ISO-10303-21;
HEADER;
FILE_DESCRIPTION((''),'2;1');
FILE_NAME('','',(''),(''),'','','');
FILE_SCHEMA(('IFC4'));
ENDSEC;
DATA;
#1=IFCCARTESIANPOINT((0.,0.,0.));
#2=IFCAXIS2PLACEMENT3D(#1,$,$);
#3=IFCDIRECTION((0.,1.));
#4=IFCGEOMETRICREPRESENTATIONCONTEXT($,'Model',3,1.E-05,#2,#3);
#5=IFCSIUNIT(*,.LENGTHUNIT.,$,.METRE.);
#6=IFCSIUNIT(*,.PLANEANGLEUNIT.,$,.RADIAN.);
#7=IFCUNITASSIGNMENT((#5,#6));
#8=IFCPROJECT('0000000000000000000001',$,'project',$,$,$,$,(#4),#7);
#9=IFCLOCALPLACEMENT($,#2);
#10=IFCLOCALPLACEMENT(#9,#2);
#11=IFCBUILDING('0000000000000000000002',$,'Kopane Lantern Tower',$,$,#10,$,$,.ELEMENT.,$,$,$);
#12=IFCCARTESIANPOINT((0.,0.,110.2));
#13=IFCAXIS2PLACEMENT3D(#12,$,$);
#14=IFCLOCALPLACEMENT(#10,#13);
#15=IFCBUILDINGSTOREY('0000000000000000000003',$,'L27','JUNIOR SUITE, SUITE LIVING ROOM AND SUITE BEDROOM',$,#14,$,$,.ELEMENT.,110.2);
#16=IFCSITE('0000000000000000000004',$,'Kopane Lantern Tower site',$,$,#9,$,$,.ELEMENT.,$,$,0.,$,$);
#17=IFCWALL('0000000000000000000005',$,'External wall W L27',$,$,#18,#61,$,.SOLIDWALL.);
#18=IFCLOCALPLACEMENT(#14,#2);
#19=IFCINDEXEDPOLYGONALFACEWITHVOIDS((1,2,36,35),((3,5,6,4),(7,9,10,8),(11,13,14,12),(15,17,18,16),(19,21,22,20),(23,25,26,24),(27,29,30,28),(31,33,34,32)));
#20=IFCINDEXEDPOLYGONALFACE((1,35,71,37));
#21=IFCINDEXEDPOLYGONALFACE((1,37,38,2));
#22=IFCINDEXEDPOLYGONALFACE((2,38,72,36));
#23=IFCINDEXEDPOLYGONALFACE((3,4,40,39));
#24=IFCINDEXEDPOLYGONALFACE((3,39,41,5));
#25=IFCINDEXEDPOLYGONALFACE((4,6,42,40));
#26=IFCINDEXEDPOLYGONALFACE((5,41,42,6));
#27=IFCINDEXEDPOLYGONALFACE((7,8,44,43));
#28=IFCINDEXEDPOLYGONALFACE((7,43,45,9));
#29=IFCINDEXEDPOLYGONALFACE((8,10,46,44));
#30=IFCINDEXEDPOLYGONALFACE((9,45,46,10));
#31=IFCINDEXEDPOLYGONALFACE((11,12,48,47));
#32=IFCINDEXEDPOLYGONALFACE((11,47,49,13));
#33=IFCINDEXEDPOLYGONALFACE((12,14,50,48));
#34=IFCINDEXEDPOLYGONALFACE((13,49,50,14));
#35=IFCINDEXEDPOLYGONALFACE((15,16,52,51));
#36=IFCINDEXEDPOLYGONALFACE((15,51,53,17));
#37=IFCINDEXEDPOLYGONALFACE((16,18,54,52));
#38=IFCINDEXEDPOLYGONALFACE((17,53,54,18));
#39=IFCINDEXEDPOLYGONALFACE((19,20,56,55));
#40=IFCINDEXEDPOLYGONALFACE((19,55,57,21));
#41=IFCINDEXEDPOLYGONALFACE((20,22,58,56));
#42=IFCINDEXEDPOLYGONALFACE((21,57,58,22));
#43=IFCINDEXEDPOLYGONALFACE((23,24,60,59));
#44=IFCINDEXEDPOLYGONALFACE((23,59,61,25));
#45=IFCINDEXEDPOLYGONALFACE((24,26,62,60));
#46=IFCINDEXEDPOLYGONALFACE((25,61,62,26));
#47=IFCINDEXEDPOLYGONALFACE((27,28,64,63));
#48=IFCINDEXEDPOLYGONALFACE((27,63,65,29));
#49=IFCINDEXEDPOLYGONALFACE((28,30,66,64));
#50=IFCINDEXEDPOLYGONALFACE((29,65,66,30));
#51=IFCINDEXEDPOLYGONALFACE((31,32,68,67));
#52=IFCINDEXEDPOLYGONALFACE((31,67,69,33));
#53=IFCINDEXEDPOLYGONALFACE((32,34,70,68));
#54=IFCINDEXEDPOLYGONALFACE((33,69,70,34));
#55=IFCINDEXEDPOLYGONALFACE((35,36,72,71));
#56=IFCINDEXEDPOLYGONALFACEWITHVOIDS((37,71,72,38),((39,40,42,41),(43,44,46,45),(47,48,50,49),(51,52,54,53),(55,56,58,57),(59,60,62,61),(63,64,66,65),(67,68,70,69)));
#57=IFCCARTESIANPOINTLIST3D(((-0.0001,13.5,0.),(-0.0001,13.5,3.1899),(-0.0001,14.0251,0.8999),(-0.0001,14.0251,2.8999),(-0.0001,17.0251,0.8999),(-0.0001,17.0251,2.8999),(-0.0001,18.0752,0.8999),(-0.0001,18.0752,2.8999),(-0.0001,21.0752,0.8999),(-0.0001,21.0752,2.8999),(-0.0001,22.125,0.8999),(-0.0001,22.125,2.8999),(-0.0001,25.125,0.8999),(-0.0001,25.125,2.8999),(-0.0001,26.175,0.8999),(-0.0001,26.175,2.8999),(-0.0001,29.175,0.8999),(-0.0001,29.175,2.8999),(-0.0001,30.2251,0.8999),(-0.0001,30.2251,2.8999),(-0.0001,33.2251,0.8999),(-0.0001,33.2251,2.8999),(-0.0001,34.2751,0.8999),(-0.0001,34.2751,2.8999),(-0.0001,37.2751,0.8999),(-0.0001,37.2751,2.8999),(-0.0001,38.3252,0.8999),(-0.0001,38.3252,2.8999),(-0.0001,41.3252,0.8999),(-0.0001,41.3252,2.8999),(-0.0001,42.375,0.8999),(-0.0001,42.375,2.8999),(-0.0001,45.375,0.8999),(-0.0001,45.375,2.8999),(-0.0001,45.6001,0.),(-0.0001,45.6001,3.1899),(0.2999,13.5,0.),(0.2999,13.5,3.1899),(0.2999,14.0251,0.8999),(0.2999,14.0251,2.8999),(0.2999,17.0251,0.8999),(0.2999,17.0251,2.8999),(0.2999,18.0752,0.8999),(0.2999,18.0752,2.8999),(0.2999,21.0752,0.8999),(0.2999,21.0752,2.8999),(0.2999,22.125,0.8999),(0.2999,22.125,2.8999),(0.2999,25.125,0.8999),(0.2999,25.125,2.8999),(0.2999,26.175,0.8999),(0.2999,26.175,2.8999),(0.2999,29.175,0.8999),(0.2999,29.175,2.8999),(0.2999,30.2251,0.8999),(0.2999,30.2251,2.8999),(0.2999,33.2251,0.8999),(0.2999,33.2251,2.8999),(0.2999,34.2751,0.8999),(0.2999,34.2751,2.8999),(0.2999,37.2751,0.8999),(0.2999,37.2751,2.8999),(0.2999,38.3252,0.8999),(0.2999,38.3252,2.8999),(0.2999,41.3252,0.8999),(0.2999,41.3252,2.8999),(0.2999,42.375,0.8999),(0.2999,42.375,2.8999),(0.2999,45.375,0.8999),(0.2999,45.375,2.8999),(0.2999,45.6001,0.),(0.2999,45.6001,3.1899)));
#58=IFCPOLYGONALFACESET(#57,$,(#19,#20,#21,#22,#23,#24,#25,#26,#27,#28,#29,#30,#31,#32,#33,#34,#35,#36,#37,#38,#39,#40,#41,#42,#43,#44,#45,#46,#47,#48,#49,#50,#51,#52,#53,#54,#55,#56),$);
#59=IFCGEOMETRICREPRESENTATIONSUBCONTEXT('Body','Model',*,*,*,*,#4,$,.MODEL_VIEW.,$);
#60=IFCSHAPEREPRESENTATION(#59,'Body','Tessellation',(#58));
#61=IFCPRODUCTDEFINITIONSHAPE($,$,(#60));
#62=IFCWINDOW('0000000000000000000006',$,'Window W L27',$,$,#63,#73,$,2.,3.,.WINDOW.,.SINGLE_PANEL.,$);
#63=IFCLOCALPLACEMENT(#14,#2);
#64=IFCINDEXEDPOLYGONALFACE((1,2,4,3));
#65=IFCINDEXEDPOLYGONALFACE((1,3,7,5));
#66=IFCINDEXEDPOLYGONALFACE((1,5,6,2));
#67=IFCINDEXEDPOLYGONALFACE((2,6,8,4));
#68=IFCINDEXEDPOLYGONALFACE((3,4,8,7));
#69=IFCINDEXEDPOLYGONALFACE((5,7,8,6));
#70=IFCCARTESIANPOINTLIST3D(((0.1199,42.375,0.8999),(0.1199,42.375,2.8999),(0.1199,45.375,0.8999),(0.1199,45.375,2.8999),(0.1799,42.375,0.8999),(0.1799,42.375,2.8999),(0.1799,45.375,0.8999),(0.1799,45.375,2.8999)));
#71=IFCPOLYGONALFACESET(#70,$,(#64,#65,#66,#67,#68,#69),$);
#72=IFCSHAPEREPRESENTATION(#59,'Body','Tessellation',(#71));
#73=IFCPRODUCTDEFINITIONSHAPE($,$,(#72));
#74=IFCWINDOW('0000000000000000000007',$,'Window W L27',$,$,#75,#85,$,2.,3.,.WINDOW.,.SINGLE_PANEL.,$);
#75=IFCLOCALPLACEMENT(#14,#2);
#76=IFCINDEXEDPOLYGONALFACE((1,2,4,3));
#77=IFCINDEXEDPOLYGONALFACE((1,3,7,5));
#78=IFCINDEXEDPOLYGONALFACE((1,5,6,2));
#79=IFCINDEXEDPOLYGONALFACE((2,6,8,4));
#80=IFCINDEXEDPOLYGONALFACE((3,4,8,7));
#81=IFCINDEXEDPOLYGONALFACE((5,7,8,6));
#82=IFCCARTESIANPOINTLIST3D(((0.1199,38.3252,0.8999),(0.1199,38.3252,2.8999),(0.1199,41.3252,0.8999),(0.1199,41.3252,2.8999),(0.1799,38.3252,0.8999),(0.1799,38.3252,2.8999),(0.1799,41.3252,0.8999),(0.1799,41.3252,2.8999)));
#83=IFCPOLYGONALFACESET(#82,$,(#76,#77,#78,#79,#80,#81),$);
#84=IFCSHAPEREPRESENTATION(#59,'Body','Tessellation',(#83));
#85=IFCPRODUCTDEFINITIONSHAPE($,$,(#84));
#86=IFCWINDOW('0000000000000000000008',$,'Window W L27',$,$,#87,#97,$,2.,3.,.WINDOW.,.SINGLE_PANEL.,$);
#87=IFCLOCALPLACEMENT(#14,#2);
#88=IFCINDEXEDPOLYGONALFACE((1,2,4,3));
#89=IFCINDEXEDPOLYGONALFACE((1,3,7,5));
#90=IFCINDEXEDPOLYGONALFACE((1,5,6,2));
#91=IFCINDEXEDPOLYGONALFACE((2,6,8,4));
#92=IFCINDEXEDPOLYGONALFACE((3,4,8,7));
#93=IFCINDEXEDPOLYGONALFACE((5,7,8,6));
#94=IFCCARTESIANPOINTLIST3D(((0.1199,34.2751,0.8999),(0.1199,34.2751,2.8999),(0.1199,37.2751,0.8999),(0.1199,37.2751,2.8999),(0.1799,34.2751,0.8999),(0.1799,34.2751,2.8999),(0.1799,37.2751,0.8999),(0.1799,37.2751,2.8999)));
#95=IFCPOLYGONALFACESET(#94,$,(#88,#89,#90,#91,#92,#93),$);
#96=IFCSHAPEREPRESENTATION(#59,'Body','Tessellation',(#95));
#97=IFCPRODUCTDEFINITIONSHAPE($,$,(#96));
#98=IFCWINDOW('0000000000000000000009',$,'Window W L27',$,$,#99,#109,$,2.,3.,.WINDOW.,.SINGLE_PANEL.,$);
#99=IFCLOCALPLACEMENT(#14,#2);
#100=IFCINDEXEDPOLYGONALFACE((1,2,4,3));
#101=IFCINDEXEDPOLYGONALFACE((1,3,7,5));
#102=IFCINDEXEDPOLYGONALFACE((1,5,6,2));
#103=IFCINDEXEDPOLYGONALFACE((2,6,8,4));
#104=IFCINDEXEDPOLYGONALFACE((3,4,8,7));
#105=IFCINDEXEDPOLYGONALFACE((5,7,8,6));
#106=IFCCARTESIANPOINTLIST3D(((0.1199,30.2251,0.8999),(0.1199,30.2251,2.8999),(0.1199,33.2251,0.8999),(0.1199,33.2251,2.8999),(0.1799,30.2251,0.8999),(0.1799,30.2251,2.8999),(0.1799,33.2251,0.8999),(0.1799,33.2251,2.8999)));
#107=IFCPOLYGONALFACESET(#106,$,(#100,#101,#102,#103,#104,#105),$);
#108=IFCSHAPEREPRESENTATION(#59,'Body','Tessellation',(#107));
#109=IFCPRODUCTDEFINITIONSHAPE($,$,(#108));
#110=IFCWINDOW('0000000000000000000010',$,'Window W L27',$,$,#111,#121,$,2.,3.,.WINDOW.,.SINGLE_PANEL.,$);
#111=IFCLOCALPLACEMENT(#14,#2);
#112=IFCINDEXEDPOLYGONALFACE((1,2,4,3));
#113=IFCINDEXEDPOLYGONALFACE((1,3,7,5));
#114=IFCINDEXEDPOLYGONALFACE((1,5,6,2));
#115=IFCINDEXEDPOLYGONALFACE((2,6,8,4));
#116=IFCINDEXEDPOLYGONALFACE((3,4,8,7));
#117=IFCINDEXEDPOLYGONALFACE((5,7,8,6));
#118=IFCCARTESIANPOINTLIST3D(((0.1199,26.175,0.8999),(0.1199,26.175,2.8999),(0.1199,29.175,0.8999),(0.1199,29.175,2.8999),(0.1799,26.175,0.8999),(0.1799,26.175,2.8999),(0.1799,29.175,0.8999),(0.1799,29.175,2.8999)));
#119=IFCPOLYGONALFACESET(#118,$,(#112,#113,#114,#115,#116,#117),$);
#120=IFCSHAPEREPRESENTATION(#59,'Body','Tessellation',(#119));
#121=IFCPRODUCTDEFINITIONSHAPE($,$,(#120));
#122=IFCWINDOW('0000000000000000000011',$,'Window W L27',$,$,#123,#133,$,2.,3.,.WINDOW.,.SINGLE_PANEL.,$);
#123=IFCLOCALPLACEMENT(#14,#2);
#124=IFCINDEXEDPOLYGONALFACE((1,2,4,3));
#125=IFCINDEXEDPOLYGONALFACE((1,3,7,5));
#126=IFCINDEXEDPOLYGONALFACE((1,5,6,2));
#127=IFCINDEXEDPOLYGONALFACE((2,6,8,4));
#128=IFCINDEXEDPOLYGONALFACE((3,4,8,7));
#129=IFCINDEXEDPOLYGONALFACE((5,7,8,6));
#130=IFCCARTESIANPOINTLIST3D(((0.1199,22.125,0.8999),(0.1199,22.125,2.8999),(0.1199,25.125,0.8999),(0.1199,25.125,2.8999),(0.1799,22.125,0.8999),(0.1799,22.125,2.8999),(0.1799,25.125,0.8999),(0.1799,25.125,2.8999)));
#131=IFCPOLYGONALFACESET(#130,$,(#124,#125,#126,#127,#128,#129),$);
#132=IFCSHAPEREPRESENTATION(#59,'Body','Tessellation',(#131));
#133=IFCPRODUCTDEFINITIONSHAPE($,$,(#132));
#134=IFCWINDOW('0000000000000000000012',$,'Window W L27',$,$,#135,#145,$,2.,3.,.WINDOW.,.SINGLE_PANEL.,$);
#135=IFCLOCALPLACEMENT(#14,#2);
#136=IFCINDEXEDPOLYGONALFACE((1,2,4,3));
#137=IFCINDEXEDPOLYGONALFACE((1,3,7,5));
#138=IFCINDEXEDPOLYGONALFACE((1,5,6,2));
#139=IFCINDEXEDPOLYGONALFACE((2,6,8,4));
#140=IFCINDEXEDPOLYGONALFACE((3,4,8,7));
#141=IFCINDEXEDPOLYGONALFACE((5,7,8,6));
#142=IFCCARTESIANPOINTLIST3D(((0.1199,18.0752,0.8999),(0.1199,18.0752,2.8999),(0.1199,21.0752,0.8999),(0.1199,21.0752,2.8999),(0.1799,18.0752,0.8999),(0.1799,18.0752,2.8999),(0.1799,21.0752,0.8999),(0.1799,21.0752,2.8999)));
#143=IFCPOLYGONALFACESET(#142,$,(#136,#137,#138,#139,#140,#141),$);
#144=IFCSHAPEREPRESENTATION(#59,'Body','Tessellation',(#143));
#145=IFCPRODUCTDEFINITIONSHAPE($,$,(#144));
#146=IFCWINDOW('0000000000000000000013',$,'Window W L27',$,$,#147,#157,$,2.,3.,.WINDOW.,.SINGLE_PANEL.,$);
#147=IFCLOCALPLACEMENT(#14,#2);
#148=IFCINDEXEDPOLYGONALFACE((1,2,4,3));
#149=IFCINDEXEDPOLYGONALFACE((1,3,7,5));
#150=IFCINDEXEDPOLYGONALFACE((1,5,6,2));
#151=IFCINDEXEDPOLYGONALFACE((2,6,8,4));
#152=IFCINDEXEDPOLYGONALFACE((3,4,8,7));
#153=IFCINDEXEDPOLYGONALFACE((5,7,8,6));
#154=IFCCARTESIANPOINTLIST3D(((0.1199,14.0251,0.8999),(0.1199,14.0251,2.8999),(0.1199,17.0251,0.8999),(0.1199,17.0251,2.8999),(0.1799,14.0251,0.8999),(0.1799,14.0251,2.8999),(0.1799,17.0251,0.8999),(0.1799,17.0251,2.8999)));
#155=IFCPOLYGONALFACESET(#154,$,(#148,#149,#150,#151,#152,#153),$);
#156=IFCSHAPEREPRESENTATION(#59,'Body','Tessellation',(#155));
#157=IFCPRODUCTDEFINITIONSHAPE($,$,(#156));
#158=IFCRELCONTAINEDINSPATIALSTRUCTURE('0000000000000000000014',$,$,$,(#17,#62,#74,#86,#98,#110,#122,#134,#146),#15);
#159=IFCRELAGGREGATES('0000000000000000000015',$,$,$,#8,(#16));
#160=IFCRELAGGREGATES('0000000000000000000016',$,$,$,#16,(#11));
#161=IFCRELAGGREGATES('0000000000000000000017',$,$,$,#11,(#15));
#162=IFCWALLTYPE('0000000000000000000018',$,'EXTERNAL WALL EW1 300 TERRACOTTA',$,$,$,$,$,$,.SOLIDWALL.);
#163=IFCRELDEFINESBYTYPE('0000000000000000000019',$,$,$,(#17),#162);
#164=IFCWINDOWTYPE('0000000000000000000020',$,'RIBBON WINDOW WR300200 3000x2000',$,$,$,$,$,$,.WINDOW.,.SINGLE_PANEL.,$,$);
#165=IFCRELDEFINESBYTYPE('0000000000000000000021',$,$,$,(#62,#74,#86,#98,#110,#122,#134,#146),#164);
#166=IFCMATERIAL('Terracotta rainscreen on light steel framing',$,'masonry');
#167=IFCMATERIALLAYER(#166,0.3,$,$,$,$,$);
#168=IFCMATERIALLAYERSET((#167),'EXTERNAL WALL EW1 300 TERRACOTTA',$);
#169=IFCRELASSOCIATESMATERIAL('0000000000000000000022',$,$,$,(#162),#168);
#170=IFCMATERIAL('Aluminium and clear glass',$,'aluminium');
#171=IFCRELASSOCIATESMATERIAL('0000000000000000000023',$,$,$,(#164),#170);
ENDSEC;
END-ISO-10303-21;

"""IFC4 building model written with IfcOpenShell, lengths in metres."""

from ifc_helpers import new_model, si_unit, direction, frame, frame_2d, origin, place, context, subcontext, project, spatial, rectangle, extrude, material, layer, layer_set, type_object, element, fill, save


model = new_model("IFC4")

# Units and contexts
model_context = context("Model", 3, precision=1e-05, world=origin(), true_north=direction((0.0, 1.0)))
body_context = subcontext(model_context, "Body", "Model", "MODEL_VIEW")
ifc_project = project(units=[si_unit("LENGTHUNIT", "METRE"), si_unit("PLANEANGLEUNIT", "RADIAN")], contexts=[model_context])

# Site, building, storey
site_placement = place(None, origin())
site = spatial("IfcSite", under=ifc_project, at=site_placement, Name="Kopane Lantern Tower site", CompositionType="ELEMENT", RefElevation=0.0)
building_placement = place(site_placement, origin())
building = spatial("IfcBuilding", under=site, at=building_placement, Name="Kopane Lantern Tower", CompositionType="ELEMENT")
storey_placement = place(building_placement, frame((0.0, 0.0, 110.2)))
storey = spatial("IfcBuildingStorey", under=building, at=storey_placement, Name="L27", Description="JUNIOR SUITE, SUITE LIVING ROOM AND SUITE BEDROOM", CompositionType="ELEMENT", Elevation=110.2)

# Shared definitions
ifc_material_1 = material(Name="Terracotta rainscreen on light steel framing", Category="masonry")
ifc_layer_1 = layer(ifc_material_1, 0.3)
ifc_layer_set_1 = layer_set([ifc_layer_1], Name="EXTERNAL WALL EW1 300 TERRACOTTA")
wall_type_1 = type_object("IfcWallType", Name="EXTERNAL WALL EW1 300 TERRACOTTA", PredefinedType="SOLIDWALL", material=ifc_layer_set_1)

# Wall, openings, windows
wall_1_placement = place(storey_placement, frame((0.1499, 45.6001, 0.0), z_axis=(0.0, 0.0, 1.0), x_axis=(0.0, -1.0, 0.0)))
wall_1 = element("IfcWall", 1, at=wall_1_placement, inside=storey, type_object=wall_type_1, Name="External wall W L27", PredefinedType="SOLIDWALL", context=body_context, shape_type="SweptSolid", body=[
    extrude(rectangle(XDim=32.1001, YDim=0.3, at=frame_2d((16.05, 0.0))), origin(), (0.0, 0.0, 1.0), 3.1899),
])
opening_1_placement = place(wall_1_placement, frame((0.2251, 0.0, 0.8999)))
opening_1 = element("IfcOpeningElement", 2, at=opening_1_placement, cuts=wall_1, PredefinedType="OPENING", context=body_context, shape_type="SweptSolid", body=[
    extrude(rectangle(XDim=3.0, YDim=2.0, at=frame_2d((1.5, 1.0))), frame((0.0, 0.1599, 0.0), z_axis=(0.0, -1.0, 0.0), x_axis=(1.0, 0.0, 0.0)), (0.0, 0.0, 1.0), 0.3201),
])
opening_2_placement = place(wall_1_placement, frame((4.2749, 0.0, 0.8999)))
opening_2 = element("IfcOpeningElement", 3, at=opening_2_placement, cuts=wall_1, PredefinedType="OPENING", context=body_context, shape_type="SweptSolid", body=[
    extrude(rectangle(XDim=3.0, YDim=2.0, at=frame_2d((1.5, 1.0))), frame((0.0, 0.1599, 0.0), z_axis=(0.0, -1.0, 0.0), x_axis=(1.0, 0.0, 0.0)), (0.0, 0.0, 1.0), 0.3201),
])
opening_3_placement = place(wall_1_placement, frame((8.325, 0.0, 0.8999)))
opening_3 = element("IfcOpeningElement", 4, at=opening_3_placement, cuts=wall_1, PredefinedType="OPENING", context=body_context, shape_type="SweptSolid", body=[
    extrude(rectangle(XDim=3.0, YDim=2.0, at=frame_2d((1.5, 1.0))), frame((0.0, 0.1599, 0.0), z_axis=(0.0, -1.0, 0.0), x_axis=(1.0, 0.0, 0.0)), (0.0, 0.0, 1.0), 0.3201),
])
opening_4_placement = place(wall_1_placement, frame((12.375, 0.0, 0.8999)))
opening_4 = element("IfcOpeningElement", 5, at=opening_4_placement, cuts=wall_1, PredefinedType="OPENING", context=body_context, shape_type="SweptSolid", body=[
    extrude(rectangle(XDim=3.0, YDim=2.0, at=frame_2d((1.5, 1.0))), frame((0.0, 0.1599, 0.0), z_axis=(0.0, -1.0, 0.0), x_axis=(1.0, 0.0, 0.0)), (0.0, 0.0, 1.0), 0.3201),
])
opening_5_placement = place(wall_1_placement, frame((16.425, 0.0, 0.8999)))
opening_5 = element("IfcOpeningElement", 6, at=opening_5_placement, cuts=wall_1, PredefinedType="OPENING", context=body_context, shape_type="SweptSolid", body=[
    extrude(rectangle(XDim=3.0, YDim=2.0, at=frame_2d((1.5, 1.0))), frame((0.0, 0.1599, 0.0), z_axis=(0.0, -1.0, 0.0), x_axis=(1.0, 0.0, 0.0)), (0.0, 0.0, 1.0), 0.3201),
])
opening_6_placement = place(wall_1_placement, frame((20.4751, 0.0, 0.8999)))
opening_6 = element("IfcOpeningElement", 7, at=opening_6_placement, cuts=wall_1, PredefinedType="OPENING", context=body_context, shape_type="SweptSolid", body=[
    extrude(rectangle(XDim=3.0, YDim=2.0, at=frame_2d((1.5, 1.0))), frame((0.0, 0.1599, 0.0), z_axis=(0.0, -1.0, 0.0), x_axis=(1.0, 0.0, 0.0)), (0.0, 0.0, 1.0), 0.3201),
])
opening_7_placement = place(wall_1_placement, frame((24.5249, 0.0, 0.8999)))
opening_7 = element("IfcOpeningElement", 8, at=opening_7_placement, cuts=wall_1, PredefinedType="OPENING", context=body_context, shape_type="SweptSolid", body=[
    extrude(rectangle(XDim=3.0, YDim=2.0, at=frame_2d((1.5, 1.0))), frame((0.0, 0.1599, 0.0), z_axis=(0.0, -1.0, 0.0), x_axis=(1.0, 0.0, 0.0)), (0.0, 0.0, 1.0), 0.3201),
])
opening_8_placement = place(wall_1_placement, frame((28.575, 0.0, 0.8999)))
opening_8 = element("IfcOpeningElement", 9, at=opening_8_placement, cuts=wall_1, PredefinedType="OPENING", context=body_context, shape_type="SweptSolid", body=[
    extrude(rectangle(XDim=3.0, YDim=2.0, at=frame_2d((1.5, 1.0))), frame((0.0, 0.1599, 0.0), z_axis=(0.0, -1.0, 0.0), x_axis=(1.0, 0.0, 0.0)), (0.0, 0.0, 1.0), 0.3201),
])
ifc_material_2 = material(Name="Aluminium and clear glass", Category="aluminium")
window_type_1 = type_object("IfcWindowType", Name="RIBBON WINDOW WR300200 3000x2000", PartitioningType="SINGLE_PANEL", PredefinedType="WINDOW", material=ifc_material_2)
window_1_placement = place(opening_1_placement, origin())
window_1 = element("IfcWindow", 10, at=window_1_placement, inside=storey, type_object=window_type_1, Name="Window W L27", OverallHeight=2.0, OverallWidth=3.0, PartitioningType="SINGLE_PANEL", PredefinedType="WINDOW", context=body_context, shape_type="SweptSolid", body=[
    extrude(rectangle(XDim=3.0, YDim=2.0, at=frame_2d((1.5, 1.0))), frame((0.0, 0.03, 0.0), z_axis=(0.0, -1.0, 0.0), x_axis=(1.0, 0.0, 0.0)), (0.0, 0.0, 1.0), 0.0601),
])
fill(opening_1, window_1)
window_2_placement = place(opening_2_placement, origin())
window_2 = element("IfcWindow", 11, at=window_2_placement, inside=storey, type_object=window_type_1, Name="Window W L27", OverallHeight=2.0, OverallWidth=3.0, PartitioningType="SINGLE_PANEL", PredefinedType="WINDOW", context=body_context, shape_type="SweptSolid", body=[
    extrude(rectangle(XDim=3.0, YDim=2.0, at=frame_2d((1.5, 1.0))), frame((0.0, 0.03, 0.0), z_axis=(0.0, -1.0, 0.0), x_axis=(1.0, 0.0, 0.0)), (0.0, 0.0, 1.0), 0.0601),
])
fill(opening_2, window_2)
window_3_placement = place(opening_3_placement, origin())
window_3 = element("IfcWindow", 12, at=window_3_placement, inside=storey, type_object=window_type_1, Name="Window W L27", OverallHeight=2.0, OverallWidth=3.0, PartitioningType="SINGLE_PANEL", PredefinedType="WINDOW", context=body_context, shape_type="SweptSolid", body=[
    extrude(rectangle(XDim=3.0, YDim=2.0, at=frame_2d((1.5, 1.0))), frame((0.0, 0.03, 0.0), z_axis=(0.0, -1.0, 0.0), x_axis=(1.0, 0.0, 0.0)), (0.0, 0.0, 1.0), 0.0601),
])
fill(opening_3, window_3)
window_4_placement = place(opening_4_placement, origin())
window_4 = element("IfcWindow", 13, at=window_4_placement, inside=storey, type_object=window_type_1, Name="Window W L27", OverallHeight=2.0, OverallWidth=3.0, PartitioningType="SINGLE_PANEL", PredefinedType="WINDOW", context=body_context, shape_type="SweptSolid", body=[
    extrude(rectangle(XDim=3.0, YDim=2.0, at=frame_2d((1.5, 1.0))), frame((0.0, 0.03, 0.0), z_axis=(0.0, -1.0, 0.0), x_axis=(1.0, 0.0, 0.0)), (0.0, 0.0, 1.0), 0.0601),
])
fill(opening_4, window_4)
window_5_placement = place(opening_5_placement, origin())
window_5 = element("IfcWindow", 14, at=window_5_placement, inside=storey, type_object=window_type_1, Name="Window W L27", OverallHeight=2.0, OverallWidth=3.0, PartitioningType="SINGLE_PANEL", PredefinedType="WINDOW", context=body_context, shape_type="SweptSolid", body=[
    extrude(rectangle(XDim=3.0, YDim=2.0, at=frame_2d((1.5, 1.0))), frame((0.0, 0.03, 0.0), z_axis=(0.0, -1.0, 0.0), x_axis=(1.0, 0.0, 0.0)), (0.0, 0.0, 1.0), 0.0601),
])
fill(opening_5, window_5)
window_6_placement = place(opening_6_placement, origin())
window_6 = element("IfcWindow", 15, at=window_6_placement, inside=storey, type_object=window_type_1, Name="Window W L27", OverallHeight=2.0, OverallWidth=3.0, PartitioningType="SINGLE_PANEL", PredefinedType="WINDOW", context=body_context, shape_type="SweptSolid", body=[
    extrude(rectangle(XDim=3.0, YDim=2.0, at=frame_2d((1.5, 1.0))), frame((0.0, 0.03, 0.0), z_axis=(0.0, -1.0, 0.0), x_axis=(1.0, 0.0, 0.0)), (0.0, 0.0, 1.0), 0.0601),
])
fill(opening_6, window_6)
window_7_placement = place(opening_7_placement, origin())
window_7 = element("IfcWindow", 16, at=window_7_placement, inside=storey, type_object=window_type_1, Name="Window W L27", OverallHeight=2.0, OverallWidth=3.0, PartitioningType="SINGLE_PANEL", PredefinedType="WINDOW", context=body_context, shape_type="SweptSolid", body=[
    extrude(rectangle(XDim=3.0, YDim=2.0, at=frame_2d((1.5, 1.0))), frame((0.0, 0.03, 0.0), z_axis=(0.0, -1.0, 0.0), x_axis=(1.0, 0.0, 0.0)), (0.0, 0.0, 1.0), 0.0601),
])
fill(opening_7, window_7)
window_8_placement = place(opening_8_placement, origin())
window_8 = element("IfcWindow", 17, at=window_8_placement, inside=storey, type_object=window_type_1, Name="Window W L27", OverallHeight=2.0, OverallWidth=3.0, PartitioningType="SINGLE_PANEL", PredefinedType="WINDOW", context=body_context, shape_type="SweptSolid", body=[
    extrude(rectangle(XDim=3.0, YDim=2.0, at=frame_2d((1.5, 1.0))), frame((0.0, 0.03, 0.0), z_axis=(0.0, -1.0, 0.0), x_axis=(1.0, 0.0, 0.0)), (0.0, 0.0, 1.0), 0.0601),
])
fill(opening_8, window_8)

save(model, "model.ifc")
